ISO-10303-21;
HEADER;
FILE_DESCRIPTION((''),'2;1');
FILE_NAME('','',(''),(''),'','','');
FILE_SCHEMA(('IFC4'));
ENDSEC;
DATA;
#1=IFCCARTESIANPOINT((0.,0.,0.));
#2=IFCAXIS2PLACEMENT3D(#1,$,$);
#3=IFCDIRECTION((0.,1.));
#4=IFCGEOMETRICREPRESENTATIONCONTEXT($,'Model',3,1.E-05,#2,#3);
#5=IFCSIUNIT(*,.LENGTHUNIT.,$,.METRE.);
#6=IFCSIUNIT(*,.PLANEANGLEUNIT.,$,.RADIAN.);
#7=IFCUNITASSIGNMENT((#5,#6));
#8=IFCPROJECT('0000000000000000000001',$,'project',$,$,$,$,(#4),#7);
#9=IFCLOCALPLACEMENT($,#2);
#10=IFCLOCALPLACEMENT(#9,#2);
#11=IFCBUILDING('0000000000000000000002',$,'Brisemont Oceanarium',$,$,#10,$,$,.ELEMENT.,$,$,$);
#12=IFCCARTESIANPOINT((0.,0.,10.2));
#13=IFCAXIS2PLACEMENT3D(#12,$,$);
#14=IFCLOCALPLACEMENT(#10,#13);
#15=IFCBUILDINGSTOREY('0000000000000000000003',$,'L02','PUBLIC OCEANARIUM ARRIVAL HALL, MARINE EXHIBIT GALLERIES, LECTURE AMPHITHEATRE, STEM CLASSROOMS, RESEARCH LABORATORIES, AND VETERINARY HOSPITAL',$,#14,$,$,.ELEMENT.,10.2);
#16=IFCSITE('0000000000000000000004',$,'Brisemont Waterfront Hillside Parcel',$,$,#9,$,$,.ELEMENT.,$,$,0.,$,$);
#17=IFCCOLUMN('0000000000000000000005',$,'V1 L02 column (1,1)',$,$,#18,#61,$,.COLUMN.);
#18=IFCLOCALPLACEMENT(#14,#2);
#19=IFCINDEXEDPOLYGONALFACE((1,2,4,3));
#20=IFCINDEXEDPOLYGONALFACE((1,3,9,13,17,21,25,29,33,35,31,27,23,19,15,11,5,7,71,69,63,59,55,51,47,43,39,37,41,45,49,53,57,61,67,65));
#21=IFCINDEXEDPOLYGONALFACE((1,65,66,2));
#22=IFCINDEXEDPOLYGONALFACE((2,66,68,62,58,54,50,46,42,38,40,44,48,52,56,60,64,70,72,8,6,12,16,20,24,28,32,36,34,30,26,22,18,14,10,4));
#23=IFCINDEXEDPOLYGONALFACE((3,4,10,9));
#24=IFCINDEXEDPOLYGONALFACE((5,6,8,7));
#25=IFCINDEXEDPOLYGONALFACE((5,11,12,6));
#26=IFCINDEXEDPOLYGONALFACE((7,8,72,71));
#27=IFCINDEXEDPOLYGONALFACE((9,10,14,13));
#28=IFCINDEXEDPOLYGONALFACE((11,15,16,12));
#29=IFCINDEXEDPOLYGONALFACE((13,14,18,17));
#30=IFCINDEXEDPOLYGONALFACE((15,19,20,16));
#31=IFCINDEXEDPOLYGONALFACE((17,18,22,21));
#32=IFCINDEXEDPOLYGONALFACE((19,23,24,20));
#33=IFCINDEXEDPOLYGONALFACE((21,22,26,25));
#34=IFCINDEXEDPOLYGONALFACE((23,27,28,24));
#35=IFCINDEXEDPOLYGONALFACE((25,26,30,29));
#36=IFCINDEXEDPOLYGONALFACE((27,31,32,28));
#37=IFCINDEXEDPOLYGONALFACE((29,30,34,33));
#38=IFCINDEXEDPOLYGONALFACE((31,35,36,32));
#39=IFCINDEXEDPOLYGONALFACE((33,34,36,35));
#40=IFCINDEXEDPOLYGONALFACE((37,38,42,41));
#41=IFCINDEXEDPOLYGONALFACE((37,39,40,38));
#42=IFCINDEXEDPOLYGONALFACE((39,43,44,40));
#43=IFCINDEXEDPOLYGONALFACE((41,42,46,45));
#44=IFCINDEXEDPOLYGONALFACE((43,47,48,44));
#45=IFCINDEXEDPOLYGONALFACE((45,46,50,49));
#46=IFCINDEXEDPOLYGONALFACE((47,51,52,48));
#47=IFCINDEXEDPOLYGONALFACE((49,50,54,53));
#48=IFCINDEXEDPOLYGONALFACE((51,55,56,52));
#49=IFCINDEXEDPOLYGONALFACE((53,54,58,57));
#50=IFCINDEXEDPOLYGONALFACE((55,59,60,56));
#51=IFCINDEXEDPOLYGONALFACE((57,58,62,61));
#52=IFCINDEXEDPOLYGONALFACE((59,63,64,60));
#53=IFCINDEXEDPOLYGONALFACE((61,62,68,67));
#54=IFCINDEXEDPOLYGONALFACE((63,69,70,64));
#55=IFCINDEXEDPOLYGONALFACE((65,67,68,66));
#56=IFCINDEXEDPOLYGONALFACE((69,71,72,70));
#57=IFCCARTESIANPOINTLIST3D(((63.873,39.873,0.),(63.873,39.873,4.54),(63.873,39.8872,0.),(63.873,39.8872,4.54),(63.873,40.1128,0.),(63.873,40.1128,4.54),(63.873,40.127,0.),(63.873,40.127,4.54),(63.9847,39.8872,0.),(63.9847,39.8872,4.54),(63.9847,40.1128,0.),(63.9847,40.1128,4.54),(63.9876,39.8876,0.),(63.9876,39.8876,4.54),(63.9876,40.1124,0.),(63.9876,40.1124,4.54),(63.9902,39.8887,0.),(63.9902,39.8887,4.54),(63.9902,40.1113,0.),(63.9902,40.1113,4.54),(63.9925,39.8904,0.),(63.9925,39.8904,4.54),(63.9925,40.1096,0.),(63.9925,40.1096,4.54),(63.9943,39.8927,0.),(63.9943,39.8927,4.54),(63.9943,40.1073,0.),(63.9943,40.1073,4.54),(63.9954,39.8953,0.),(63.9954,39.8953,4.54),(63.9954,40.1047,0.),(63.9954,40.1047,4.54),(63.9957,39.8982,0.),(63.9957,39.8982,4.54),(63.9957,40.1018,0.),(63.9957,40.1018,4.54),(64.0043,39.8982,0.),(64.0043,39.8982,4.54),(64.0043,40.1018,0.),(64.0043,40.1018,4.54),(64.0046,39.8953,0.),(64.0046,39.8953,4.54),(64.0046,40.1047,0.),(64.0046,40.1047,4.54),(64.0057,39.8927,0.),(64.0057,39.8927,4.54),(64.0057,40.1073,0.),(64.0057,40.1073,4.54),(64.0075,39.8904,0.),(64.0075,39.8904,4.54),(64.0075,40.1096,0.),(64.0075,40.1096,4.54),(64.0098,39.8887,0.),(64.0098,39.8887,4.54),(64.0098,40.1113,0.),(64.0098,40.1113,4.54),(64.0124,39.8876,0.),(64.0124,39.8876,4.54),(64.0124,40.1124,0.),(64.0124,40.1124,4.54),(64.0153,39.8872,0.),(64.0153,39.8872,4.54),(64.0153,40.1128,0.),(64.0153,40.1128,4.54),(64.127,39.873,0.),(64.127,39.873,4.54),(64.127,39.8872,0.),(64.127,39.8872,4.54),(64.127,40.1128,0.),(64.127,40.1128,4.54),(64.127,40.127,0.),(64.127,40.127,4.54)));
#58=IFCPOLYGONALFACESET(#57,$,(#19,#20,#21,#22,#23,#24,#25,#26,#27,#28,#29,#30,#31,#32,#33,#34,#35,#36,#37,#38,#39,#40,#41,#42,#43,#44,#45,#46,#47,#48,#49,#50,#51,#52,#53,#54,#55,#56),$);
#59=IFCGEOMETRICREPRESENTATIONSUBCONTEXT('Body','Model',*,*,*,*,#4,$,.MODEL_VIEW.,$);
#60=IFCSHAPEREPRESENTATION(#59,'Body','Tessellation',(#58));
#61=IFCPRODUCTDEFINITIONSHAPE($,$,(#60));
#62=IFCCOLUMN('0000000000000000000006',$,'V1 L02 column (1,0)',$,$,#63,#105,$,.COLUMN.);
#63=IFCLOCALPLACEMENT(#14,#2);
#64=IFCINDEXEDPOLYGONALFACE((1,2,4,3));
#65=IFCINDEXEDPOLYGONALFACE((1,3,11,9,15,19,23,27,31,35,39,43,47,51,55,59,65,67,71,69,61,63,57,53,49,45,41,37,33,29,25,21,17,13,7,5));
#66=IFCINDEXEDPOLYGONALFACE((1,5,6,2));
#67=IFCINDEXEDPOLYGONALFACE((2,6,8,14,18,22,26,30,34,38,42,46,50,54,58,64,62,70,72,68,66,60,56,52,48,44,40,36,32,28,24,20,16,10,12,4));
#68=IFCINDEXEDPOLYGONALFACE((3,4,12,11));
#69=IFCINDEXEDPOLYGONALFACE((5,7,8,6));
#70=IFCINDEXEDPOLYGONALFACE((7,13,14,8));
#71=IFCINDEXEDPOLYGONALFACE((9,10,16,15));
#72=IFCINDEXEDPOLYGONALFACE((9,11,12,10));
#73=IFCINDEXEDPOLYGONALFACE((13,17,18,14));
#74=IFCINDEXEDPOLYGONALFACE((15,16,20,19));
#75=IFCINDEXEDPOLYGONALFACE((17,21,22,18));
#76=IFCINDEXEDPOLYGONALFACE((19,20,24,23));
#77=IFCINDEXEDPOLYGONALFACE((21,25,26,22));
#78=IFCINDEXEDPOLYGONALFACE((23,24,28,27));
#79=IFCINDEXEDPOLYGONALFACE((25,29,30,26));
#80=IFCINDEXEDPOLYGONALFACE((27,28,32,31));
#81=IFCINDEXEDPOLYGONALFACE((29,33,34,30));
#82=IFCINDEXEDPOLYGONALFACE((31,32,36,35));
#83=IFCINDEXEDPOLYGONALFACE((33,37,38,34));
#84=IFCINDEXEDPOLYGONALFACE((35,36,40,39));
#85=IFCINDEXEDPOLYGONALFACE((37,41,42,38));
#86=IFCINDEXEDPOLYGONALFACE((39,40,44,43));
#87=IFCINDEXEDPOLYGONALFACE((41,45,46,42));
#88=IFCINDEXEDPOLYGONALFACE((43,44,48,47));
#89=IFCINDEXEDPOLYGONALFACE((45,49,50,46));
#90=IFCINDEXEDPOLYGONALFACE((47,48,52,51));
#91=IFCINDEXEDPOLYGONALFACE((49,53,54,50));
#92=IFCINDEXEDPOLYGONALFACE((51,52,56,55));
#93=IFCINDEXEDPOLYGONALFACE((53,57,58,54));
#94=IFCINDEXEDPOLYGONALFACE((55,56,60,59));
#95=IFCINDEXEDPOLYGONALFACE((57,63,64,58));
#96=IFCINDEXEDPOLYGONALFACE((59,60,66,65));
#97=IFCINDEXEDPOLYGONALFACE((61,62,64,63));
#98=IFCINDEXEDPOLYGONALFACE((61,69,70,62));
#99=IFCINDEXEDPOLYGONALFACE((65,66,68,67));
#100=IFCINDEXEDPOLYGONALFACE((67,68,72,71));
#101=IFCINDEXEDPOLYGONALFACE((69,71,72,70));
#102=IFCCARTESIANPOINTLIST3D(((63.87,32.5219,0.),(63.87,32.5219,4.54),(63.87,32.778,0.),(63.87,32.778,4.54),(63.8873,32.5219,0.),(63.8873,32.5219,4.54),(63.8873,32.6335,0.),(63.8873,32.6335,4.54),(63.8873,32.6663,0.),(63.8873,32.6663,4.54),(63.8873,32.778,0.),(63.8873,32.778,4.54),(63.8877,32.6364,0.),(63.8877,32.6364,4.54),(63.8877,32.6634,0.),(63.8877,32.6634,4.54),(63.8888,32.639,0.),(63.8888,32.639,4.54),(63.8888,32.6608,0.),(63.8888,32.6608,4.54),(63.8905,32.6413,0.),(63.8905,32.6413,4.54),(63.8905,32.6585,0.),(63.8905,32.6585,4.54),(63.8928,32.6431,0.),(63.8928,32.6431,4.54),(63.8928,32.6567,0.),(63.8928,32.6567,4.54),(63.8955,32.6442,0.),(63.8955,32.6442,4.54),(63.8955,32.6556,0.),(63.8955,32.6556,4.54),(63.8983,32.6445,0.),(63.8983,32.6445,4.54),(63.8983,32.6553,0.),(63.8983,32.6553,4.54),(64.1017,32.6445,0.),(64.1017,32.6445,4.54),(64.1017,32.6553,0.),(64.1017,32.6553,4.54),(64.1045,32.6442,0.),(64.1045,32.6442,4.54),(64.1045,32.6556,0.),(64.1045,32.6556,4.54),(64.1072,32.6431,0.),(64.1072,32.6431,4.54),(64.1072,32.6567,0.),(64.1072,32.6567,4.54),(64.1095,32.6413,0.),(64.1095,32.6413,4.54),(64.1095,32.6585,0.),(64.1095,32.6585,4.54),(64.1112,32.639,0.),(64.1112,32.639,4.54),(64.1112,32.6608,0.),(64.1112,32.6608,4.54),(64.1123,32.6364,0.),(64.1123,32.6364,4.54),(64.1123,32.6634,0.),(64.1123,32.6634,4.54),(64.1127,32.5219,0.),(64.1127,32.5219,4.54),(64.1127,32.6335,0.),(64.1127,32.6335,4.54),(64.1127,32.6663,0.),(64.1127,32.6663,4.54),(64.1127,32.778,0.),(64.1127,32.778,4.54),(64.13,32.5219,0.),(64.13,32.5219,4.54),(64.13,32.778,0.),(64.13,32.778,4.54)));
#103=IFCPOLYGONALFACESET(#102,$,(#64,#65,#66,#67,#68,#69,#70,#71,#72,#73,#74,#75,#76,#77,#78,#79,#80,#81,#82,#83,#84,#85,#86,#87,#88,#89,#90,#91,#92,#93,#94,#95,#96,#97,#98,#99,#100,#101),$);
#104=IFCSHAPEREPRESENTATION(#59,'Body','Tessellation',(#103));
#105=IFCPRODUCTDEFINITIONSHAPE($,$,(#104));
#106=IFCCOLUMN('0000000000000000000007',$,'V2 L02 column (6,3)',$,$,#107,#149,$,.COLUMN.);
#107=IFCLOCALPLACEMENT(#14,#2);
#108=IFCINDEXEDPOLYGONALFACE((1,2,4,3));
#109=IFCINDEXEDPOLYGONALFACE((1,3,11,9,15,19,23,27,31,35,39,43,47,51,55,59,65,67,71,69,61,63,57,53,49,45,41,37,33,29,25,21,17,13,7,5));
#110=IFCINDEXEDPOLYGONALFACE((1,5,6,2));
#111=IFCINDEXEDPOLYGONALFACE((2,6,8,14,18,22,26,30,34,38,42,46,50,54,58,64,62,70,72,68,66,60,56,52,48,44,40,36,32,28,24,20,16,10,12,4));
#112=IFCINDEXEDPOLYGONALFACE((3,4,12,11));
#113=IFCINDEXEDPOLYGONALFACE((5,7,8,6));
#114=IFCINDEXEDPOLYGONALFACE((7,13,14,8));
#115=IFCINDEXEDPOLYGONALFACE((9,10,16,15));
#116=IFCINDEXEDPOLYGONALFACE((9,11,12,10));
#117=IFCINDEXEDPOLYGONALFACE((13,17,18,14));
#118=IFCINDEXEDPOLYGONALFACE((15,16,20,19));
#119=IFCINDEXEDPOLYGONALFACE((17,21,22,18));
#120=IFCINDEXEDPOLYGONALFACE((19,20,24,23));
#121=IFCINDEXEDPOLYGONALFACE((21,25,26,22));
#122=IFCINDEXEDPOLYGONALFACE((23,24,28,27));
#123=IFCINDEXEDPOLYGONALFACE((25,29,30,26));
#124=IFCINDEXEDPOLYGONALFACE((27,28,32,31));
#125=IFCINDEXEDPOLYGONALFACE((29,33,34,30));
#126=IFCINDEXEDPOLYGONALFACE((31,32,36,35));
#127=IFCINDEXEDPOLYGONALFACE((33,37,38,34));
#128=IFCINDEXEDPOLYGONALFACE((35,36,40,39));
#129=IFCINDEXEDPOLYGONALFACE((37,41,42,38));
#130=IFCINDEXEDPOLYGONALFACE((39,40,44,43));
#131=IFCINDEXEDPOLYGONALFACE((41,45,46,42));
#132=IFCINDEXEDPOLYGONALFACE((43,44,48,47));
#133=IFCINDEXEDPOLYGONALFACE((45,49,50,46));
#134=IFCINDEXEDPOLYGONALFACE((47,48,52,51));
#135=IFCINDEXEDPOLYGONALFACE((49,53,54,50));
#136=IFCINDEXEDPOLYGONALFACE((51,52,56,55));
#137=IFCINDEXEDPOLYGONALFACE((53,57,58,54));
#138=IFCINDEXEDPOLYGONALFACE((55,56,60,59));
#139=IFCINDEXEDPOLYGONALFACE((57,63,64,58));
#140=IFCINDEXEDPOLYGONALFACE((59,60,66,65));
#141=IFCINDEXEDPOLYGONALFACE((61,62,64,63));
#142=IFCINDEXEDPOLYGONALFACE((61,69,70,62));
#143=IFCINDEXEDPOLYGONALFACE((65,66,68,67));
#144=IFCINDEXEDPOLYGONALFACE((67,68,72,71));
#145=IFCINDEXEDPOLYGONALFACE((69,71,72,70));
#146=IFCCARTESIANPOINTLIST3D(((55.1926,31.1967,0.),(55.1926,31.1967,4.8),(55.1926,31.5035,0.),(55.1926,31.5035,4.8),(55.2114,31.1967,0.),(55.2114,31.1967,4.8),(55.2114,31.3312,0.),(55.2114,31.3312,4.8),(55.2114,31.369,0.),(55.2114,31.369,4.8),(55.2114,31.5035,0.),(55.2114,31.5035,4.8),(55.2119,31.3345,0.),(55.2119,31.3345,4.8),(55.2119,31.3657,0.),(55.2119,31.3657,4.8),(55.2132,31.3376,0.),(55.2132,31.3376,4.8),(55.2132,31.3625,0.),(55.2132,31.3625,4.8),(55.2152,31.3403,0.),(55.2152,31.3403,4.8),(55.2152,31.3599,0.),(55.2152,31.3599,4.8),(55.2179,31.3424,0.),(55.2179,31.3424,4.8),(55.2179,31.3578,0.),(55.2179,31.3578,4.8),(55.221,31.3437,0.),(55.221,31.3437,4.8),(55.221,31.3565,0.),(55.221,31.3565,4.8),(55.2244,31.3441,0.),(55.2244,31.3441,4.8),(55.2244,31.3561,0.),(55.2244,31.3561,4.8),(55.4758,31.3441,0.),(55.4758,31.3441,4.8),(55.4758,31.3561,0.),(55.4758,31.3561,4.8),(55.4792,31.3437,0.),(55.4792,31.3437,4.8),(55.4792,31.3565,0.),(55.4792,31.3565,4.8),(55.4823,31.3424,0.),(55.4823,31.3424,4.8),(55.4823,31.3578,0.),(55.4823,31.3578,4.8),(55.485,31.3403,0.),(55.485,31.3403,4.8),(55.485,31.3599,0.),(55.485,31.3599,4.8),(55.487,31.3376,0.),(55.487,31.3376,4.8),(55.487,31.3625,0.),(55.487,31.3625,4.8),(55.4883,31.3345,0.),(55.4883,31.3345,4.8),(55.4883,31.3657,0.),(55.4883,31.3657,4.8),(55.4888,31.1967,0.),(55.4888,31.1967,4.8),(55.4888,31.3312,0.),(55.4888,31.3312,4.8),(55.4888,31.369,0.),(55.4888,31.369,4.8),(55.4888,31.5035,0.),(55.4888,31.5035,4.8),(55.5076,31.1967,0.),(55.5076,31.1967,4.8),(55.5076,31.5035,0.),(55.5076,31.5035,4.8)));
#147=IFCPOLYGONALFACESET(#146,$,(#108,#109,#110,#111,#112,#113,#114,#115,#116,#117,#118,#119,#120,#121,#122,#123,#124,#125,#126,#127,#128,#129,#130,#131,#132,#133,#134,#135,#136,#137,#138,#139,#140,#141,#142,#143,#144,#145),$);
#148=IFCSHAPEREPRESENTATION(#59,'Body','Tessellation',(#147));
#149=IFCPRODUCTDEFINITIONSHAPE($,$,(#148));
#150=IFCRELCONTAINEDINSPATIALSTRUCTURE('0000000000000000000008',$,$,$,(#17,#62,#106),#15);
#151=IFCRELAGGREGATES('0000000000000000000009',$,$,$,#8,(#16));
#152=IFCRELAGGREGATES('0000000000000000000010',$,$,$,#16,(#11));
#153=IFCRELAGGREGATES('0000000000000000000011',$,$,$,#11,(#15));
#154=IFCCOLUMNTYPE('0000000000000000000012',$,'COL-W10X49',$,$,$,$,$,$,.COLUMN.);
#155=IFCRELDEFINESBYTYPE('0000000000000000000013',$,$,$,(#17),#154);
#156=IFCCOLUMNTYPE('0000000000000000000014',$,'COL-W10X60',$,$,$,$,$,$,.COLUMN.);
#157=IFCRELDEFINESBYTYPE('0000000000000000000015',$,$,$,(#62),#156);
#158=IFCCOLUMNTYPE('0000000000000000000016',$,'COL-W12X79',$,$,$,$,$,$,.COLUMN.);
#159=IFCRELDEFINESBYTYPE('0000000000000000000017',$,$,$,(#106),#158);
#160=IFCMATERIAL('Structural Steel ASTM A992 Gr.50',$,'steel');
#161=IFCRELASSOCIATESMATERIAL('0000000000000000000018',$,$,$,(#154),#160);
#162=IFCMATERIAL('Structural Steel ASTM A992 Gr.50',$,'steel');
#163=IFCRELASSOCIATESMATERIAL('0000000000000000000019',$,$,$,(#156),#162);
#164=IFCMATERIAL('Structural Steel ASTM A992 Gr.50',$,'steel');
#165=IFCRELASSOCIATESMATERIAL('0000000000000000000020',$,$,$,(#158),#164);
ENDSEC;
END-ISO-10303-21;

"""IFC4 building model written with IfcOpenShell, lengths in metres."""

from ifc_helpers import new_model, si_unit, direction, frame, origin, origin_2d, place, context, subcontext, project, spatial, i_section, extrude, material, material_profile, profile_set, type_object, element, save


model = new_model("IFC4")

# Units and contexts
model_context = context("Model", 3, precision=1e-05, world=origin(), true_north=direction((0.0, 1.0)))
body_context = subcontext(model_context, "Body", "Model", "MODEL_VIEW")
ifc_project = project(units=[si_unit("LENGTHUNIT", "METRE"), si_unit("PLANEANGLEUNIT", "RADIAN")], contexts=[model_context])

# Site, building, storey
site_placement = place(None, origin())
site = spatial("IfcSite", under=ifc_project, at=site_placement, Name="Brisemont Waterfront Hillside Parcel", CompositionType="ELEMENT", RefElevation=0.0)
building_placement = place(site_placement, origin())
building = spatial("IfcBuilding", under=site, at=building_placement, Name="Brisemont Oceanarium", CompositionType="ELEMENT")
storey_placement = place(building_placement, frame((0.0, 0.0, 10.2)))
storey = spatial("IfcBuildingStorey", under=building, at=storey_placement, Name="L02", Description="PUBLIC OCEANARIUM ARRIVAL HALL, MARINE EXHIBIT GALLERIES, LECTURE AMPHITHEATRE, STEM CLASSROOMS, RESEARCH LABORATORIES, AND VETERINARY HOSPITAL", CompositionType="ELEMENT", Elevation=10.2)

# Columns
ifc_material_1 = material(Name="Structural Steel ASTM A992 Gr.50", Category="steel")
ifc_material_profile_1 = material_profile(ifc_material_1, i_section(OverallWidth=0.2539, OverallDepth=0.2539, WebThickness=0.0085, FlangeThickness=0.0142, FilletRadius=0.011, at=origin_2d()), Name="W10X49")
ifc_profile_set_1 = profile_set([ifc_material_profile_1], Name="Structural Steel ASTM A992 Gr.50")
column_type_1 = type_object("IfcColumnType", Name="COL-W10X49", PredefinedType="COLUMN", material=ifc_profile_set_1)
column_1_placement = place(storey_placement, frame((64.0, 40.0, 0.0), z_axis=(0.0, 0.0, 1.0), x_axis=(1.0, 0.0, 0.0)))
element("IfcColumn", 1, at=column_1_placement, inside=storey, type_object=column_type_1, Name="V1 L02 column (1,1)", PredefinedType="COLUMN", context=body_context, shape_type="SweptSolid", body=[
    extrude(i_section(OverallWidth=0.2539, OverallDepth=0.2539, WebThickness=0.0085, FlangeThickness=0.0142, FilletRadius=0.011, at=origin_2d()), origin(), (0.0, 0.0, 1.0), 4.54),
])
ifc_material_2 = material(Name="Structural Steel ASTM A992 Gr.50", Category="steel")
ifc_material_profile_2 = material_profile(ifc_material_2, i_section(OverallWidth=0.2561, OverallDepth=0.26, WebThickness=0.0107, FlangeThickness=0.0173, FilletRadius=0.011, at=origin_2d()), Name="W10X60")
ifc_profile_set_2 = profile_set([ifc_material_profile_2], Name="Structural Steel ASTM A992 Gr.50")
column_type_2 = type_object("IfcColumnType", Name="COL-W10X60", PredefinedType="COLUMN", material=ifc_profile_set_2)
column_2_placement = place(storey_placement, frame((64.0, 32.6499, 0.0), z_axis=(0.0, 0.0, 1.0), x_axis=(0.0, 1.0, 0.0)))
element("IfcColumn", 2, at=column_2_placement, inside=storey, type_object=column_type_2, Name="V1 L02 column (1,0)", PredefinedType="COLUMN", context=body_context, shape_type="SweptSolid", body=[
    extrude(i_section(OverallWidth=0.2561, OverallDepth=0.26, WebThickness=0.0107, FlangeThickness=0.0173, FilletRadius=0.011, at=origin_2d()), origin(), (0.0, 0.0, 1.0), 4.54),
])
ifc_material_3 = material(Name="Structural Steel ASTM A992 Gr.50", Category="steel")
ifc_material_profile_3 = material_profile(ifc_material_3, i_section(OverallWidth=0.3069, OverallDepth=0.3149, WebThickness=0.012, FlangeThickness=0.0188, FilletRadius=0.0129, at=origin_2d()), Name="W12X79")
ifc_profile_set_3 = profile_set([ifc_material_profile_3], Name="Structural Steel ASTM A992 Gr.50")
column_type_3 = type_object("IfcColumnType", Name="COL-W12X79", PredefinedType="COLUMN", material=ifc_profile_set_3)
column_3_placement = place(storey_placement, frame((55.3501, 31.3501, 0.0), z_axis=(0.0, 0.0, 1.0), x_axis=(0.0, 1.0, 0.0)))
element("IfcColumn", 3, at=column_3_placement, inside=storey, type_object=column_type_3, Name="V2 L02 column (6,3)", PredefinedType="COLUMN", context=body_context, shape_type="SweptSolid", body=[
    extrude(i_section(OverallWidth=0.3069, OverallDepth=0.3149, WebThickness=0.012, FlangeThickness=0.0188, FilletRadius=0.0129, at=origin_2d()), origin(), (0.0, 0.0, 1.0), 4.8),
])

save(model, "model.ifc")
